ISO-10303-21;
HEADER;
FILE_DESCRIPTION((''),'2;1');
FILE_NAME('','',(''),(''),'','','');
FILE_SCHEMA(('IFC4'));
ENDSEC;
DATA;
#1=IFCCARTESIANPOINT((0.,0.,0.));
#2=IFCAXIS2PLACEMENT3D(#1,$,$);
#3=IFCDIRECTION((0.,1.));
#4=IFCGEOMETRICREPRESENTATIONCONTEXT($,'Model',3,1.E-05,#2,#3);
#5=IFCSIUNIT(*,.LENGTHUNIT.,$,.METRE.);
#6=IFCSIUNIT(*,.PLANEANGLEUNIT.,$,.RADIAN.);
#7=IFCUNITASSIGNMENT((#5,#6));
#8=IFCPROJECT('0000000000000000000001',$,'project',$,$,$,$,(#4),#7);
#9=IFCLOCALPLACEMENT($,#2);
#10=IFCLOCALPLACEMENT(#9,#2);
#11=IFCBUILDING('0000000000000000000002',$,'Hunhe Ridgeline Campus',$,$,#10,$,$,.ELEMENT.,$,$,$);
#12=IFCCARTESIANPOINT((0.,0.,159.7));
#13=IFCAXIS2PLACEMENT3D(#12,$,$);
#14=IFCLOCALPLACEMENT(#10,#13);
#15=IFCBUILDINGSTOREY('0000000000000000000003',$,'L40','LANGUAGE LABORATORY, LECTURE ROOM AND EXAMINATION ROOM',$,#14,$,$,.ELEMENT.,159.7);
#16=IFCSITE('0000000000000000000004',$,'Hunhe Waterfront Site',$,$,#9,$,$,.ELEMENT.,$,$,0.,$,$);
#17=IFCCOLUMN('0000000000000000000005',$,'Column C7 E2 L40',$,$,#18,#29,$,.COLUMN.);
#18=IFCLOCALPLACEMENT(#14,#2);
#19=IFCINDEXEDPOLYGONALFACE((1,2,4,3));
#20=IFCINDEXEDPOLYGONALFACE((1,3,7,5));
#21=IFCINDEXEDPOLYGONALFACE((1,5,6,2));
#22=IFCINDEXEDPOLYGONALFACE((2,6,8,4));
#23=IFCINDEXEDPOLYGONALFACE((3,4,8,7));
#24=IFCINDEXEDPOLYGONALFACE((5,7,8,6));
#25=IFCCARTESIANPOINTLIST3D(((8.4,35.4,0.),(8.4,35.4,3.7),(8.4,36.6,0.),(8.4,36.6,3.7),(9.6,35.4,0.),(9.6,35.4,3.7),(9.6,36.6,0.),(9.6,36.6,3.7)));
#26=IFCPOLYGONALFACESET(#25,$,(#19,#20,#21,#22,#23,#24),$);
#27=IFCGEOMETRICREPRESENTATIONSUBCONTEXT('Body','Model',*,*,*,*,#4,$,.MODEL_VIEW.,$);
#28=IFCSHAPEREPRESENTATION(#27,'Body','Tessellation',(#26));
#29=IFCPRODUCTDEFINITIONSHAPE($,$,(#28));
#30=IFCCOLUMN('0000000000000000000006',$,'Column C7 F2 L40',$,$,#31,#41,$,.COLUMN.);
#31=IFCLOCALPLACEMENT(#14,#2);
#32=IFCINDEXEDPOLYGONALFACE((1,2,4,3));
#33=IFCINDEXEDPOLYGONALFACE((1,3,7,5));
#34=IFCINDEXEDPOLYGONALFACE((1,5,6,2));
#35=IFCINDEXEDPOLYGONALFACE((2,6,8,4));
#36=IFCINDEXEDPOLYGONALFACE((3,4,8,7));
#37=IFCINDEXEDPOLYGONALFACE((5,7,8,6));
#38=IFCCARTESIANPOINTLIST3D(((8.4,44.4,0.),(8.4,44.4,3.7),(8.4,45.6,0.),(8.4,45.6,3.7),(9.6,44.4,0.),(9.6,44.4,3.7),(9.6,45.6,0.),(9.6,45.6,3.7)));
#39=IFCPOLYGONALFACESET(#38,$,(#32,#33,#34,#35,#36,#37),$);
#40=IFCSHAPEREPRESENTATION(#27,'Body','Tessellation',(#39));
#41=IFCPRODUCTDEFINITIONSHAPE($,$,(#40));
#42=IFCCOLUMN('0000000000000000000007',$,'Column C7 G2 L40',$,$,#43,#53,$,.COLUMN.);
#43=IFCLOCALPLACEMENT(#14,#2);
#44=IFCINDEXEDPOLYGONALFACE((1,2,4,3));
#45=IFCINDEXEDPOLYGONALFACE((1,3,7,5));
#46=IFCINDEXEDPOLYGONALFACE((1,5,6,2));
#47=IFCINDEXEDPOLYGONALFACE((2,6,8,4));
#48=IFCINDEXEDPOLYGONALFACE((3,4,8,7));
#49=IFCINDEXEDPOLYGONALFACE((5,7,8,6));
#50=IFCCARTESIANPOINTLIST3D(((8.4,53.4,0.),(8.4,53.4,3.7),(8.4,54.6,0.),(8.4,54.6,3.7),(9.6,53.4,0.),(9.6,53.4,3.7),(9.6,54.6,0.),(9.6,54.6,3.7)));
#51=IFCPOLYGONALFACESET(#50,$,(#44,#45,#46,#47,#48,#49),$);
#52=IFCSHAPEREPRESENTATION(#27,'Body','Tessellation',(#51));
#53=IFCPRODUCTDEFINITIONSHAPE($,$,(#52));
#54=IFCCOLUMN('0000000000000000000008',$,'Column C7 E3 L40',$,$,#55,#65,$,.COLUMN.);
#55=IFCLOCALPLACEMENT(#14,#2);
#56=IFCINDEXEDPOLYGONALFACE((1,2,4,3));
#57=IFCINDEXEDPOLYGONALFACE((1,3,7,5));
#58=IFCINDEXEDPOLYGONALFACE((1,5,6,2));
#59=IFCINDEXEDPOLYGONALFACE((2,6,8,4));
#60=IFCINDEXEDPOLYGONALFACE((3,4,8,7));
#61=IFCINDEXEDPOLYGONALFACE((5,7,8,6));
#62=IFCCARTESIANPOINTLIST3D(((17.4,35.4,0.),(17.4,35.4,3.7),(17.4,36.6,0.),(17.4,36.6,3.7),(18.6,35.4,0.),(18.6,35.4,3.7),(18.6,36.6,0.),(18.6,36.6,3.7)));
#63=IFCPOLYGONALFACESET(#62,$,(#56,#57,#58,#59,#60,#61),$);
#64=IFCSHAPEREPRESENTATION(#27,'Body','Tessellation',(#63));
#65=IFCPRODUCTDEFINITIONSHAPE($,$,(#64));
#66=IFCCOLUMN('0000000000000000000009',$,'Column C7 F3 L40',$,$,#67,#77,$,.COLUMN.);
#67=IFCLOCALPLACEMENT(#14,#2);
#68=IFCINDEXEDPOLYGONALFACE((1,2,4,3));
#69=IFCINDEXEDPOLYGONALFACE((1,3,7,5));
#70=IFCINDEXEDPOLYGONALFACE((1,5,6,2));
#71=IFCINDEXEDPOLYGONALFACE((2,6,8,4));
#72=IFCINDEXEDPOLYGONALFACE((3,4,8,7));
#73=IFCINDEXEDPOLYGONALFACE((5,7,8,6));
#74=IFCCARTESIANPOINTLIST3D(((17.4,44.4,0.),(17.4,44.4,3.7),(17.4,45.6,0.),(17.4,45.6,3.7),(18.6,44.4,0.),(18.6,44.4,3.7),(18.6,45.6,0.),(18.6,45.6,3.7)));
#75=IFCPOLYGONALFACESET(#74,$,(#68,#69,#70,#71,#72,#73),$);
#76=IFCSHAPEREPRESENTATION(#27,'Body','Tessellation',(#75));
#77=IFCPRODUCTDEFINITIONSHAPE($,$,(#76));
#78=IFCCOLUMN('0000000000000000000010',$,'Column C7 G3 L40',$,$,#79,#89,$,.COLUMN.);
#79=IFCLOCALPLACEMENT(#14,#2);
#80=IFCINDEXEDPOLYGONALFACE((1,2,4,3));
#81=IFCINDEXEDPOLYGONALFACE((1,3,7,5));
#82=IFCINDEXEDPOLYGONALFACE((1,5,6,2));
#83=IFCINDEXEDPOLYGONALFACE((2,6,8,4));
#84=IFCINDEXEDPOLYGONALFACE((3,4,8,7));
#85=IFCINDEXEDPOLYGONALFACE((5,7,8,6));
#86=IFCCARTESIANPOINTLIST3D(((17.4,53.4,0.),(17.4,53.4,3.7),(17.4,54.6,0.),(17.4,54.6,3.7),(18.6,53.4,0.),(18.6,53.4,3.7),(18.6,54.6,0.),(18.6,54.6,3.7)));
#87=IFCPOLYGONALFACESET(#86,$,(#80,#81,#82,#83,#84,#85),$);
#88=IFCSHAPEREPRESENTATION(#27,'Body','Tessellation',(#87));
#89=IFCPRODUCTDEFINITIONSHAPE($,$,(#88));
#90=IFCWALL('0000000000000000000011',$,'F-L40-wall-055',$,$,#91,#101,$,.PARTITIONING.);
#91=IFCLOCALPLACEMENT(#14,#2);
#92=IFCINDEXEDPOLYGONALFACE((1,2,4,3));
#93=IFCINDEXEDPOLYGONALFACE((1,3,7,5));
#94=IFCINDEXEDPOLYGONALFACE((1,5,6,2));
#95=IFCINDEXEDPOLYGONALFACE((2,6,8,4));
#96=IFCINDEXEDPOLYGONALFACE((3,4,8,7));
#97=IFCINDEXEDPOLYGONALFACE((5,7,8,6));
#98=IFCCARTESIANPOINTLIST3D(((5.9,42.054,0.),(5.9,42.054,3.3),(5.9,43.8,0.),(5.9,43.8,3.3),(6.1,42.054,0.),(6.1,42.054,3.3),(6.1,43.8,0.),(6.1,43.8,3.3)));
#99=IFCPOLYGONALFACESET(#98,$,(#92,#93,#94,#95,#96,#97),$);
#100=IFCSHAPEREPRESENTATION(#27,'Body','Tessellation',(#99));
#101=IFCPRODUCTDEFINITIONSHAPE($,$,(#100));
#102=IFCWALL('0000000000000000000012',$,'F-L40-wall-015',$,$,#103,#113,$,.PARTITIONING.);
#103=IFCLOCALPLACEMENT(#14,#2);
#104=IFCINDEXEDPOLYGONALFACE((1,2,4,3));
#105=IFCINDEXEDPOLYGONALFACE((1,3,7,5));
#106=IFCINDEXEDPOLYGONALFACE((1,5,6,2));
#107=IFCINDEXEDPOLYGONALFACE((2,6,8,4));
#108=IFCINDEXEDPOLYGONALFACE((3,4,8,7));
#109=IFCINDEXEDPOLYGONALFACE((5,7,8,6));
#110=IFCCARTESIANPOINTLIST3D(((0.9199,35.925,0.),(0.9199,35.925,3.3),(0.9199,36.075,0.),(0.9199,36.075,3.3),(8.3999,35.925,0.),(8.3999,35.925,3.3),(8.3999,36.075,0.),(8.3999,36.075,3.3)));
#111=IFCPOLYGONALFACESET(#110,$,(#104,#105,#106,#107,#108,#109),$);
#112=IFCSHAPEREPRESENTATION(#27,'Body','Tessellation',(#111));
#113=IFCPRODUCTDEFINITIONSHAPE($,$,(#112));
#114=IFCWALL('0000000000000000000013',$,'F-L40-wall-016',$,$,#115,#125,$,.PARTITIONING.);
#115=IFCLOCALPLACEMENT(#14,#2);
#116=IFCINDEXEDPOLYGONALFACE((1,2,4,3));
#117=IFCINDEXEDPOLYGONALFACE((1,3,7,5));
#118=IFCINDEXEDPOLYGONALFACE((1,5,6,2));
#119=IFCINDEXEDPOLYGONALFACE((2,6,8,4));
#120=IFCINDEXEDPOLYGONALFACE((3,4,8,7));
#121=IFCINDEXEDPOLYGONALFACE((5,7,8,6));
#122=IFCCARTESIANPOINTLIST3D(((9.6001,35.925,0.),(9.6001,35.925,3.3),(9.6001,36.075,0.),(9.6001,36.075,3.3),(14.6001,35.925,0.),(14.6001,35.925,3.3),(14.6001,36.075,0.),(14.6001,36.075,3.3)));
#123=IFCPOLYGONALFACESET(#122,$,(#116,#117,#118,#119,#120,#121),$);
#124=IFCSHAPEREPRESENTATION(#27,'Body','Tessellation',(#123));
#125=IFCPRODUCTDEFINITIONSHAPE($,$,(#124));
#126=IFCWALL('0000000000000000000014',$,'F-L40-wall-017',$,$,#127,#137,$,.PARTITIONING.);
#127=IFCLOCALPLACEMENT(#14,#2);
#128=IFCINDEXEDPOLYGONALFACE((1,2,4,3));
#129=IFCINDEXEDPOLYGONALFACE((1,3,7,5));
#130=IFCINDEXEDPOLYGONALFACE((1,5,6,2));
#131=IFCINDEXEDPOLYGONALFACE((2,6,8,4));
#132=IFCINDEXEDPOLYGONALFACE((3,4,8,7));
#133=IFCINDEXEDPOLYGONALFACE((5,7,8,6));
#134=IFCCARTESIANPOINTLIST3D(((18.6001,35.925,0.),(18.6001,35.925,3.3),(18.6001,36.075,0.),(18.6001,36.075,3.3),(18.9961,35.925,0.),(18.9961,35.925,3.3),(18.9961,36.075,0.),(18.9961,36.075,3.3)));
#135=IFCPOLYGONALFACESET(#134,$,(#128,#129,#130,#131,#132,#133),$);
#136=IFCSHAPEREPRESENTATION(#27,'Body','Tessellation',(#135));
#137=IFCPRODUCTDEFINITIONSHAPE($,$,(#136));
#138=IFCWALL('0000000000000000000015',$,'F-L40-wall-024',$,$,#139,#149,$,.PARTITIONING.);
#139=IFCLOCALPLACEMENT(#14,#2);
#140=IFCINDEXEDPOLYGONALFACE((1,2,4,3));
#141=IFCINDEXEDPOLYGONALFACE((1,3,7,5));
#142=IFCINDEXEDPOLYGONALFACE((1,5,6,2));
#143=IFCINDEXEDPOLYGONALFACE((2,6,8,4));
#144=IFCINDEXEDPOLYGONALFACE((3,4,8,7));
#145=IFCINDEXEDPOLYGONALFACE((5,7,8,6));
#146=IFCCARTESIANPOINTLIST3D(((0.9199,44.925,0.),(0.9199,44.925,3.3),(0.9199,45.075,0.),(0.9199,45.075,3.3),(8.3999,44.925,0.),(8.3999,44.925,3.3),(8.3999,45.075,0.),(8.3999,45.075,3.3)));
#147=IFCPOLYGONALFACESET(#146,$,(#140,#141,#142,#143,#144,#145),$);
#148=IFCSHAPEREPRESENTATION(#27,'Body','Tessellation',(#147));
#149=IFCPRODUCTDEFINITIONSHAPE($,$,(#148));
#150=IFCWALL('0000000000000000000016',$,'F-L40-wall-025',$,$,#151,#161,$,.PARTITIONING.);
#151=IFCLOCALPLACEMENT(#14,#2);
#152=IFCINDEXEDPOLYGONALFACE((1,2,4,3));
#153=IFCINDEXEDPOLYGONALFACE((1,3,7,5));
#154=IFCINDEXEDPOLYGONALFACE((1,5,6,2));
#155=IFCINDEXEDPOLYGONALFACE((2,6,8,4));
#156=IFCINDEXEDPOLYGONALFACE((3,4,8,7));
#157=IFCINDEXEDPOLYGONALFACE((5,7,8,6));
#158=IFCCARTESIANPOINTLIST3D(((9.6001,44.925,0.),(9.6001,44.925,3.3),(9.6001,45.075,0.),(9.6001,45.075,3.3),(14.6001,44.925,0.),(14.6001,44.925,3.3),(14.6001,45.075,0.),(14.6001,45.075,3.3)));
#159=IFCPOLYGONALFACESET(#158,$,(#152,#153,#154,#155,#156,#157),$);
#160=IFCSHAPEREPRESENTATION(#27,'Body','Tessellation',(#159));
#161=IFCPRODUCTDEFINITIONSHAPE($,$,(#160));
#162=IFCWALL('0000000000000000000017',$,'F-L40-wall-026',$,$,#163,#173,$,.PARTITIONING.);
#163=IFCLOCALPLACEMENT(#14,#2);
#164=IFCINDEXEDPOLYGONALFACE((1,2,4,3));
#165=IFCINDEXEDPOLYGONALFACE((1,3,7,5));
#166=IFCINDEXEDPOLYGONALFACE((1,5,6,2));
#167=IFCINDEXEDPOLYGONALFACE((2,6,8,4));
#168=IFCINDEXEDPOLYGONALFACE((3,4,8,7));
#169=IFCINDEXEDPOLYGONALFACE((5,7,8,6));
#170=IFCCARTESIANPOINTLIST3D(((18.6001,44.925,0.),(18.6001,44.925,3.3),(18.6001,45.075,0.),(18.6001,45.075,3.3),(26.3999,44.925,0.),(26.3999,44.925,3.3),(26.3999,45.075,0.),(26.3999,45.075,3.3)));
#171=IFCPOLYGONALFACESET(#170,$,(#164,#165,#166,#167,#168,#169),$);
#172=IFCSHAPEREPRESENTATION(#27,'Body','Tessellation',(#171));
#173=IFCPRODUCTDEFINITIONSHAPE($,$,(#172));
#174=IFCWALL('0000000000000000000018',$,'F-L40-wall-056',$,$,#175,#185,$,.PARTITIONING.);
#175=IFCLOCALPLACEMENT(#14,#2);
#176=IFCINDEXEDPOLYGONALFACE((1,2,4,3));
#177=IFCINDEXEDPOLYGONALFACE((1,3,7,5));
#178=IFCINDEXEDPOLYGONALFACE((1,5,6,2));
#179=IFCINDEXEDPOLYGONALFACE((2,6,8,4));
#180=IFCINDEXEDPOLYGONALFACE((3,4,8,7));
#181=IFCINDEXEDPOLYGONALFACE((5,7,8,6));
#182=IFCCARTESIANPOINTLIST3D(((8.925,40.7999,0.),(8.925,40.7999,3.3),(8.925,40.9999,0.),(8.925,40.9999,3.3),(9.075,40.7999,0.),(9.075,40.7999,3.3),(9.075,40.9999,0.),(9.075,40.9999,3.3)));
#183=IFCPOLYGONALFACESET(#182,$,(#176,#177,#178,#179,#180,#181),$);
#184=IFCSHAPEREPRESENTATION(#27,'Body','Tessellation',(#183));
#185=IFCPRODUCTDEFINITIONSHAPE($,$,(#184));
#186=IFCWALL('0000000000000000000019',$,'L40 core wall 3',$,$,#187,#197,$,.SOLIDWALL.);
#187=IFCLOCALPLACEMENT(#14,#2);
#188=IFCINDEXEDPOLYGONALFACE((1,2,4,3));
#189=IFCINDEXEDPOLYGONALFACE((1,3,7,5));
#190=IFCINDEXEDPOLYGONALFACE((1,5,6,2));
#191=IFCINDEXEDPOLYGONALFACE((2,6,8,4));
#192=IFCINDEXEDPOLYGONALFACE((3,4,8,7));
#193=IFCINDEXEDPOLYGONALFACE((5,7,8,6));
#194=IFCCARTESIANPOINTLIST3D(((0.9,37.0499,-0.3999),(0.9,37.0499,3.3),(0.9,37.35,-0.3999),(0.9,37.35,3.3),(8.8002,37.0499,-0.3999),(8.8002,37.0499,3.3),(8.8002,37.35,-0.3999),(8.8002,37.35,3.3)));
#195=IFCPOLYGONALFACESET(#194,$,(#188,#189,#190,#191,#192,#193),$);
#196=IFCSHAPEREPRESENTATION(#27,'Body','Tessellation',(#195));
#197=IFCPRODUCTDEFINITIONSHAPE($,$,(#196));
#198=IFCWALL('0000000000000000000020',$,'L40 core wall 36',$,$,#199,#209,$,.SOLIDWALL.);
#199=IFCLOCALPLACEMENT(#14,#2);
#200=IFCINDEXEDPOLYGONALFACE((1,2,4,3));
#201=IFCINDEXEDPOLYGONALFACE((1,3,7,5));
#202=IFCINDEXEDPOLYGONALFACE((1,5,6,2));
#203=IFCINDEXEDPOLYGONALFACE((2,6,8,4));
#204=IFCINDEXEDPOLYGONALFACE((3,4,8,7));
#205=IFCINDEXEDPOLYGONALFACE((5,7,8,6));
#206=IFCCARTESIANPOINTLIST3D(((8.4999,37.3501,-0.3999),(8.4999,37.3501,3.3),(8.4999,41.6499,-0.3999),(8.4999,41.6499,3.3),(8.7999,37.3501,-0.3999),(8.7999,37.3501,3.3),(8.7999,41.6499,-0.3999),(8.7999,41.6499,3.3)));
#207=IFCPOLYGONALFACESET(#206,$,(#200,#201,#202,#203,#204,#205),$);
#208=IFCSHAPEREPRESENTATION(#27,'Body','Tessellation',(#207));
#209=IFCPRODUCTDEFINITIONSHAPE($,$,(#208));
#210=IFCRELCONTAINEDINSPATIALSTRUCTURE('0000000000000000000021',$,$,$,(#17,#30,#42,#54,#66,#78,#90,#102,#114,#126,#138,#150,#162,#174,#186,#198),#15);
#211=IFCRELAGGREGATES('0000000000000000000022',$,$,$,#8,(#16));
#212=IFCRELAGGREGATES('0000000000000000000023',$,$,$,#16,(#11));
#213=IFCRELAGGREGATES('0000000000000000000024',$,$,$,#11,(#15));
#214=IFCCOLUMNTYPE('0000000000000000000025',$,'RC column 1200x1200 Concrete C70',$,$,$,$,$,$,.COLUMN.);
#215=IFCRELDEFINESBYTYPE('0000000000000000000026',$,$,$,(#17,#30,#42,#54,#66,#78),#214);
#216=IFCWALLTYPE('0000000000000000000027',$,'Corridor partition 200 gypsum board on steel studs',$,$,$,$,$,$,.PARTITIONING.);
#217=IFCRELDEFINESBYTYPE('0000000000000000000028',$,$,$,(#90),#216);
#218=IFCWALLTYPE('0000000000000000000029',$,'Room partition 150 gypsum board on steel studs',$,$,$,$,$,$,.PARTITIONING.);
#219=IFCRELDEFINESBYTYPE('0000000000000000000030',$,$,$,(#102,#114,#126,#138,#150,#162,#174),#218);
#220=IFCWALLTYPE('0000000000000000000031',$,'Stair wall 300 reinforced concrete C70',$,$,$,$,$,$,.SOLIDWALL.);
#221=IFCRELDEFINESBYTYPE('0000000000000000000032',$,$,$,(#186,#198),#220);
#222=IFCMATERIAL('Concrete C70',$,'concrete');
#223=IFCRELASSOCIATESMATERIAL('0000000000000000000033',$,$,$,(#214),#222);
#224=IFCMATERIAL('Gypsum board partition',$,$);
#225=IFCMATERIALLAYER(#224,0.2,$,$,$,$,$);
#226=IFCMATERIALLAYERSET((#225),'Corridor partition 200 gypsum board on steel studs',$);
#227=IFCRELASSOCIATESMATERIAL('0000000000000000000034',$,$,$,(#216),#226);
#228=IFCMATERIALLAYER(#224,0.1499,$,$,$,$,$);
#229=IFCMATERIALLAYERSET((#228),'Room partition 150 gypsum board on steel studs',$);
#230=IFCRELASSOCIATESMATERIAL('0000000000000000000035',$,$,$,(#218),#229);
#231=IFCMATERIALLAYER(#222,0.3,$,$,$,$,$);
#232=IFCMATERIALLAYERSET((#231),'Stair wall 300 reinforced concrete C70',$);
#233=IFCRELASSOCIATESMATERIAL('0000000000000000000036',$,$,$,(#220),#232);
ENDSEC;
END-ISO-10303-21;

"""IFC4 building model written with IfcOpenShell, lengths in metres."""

from ifc_helpers import new_model, si_unit, direction, frame, frame_2d, origin, origin_2d, place, context, subcontext, project, spatial, rectangle, extrude, material, layer, layer_set, material_profile, profile_set, type_object, element, save


model = new_model("IFC4")

# Units and contexts
model_context = context("Model", 3, precision=1e-05, world=origin(), true_north=direction((0.0, 1.0)))
body_context = subcontext(model_context, "Body", "Model", "MODEL_VIEW")
ifc_project = project(units=[si_unit("LENGTHUNIT", "METRE"), si_unit("PLANEANGLEUNIT", "RADIAN")], contexts=[model_context])

# Site, building, storey
site_placement = place(None, origin())
site = spatial("IfcSite", under=ifc_project, at=site_placement, Name="Hunhe Waterfront Site", CompositionType="ELEMENT", RefElevation=0.0)
building_placement = place(site_placement, origin())
building = spatial("IfcBuilding", under=site, at=building_placement, Name="Hunhe Ridgeline Campus", CompositionType="ELEMENT")
storey_placement = place(building_placement, frame((0.0, 0.0, 159.7)))
storey = spatial("IfcBuildingStorey", under=building, at=storey_placement, Name="L40", Description="LANGUAGE LABORATORY, LECTURE ROOM AND EXAMINATION ROOM", CompositionType="ELEMENT", Elevation=159.7)

# Columns
ifc_material_1 = material(Name="Concrete C70", Category="concrete")
ifc_material_profile = material_profile(ifc_material_1, rectangle(XDim=1.2, YDim=1.2, at=origin_2d()))
ifc_profile_set = profile_set([ifc_material_profile], Name="Concrete C70")
column_type = type_object("IfcColumnType", Name="RC column 1200x1200 Concrete C70", PredefinedType="COLUMN", material=ifc_profile_set)
for number, where, z_axis, x_axis, name in (
    (1, (9.0, 36.0, 0.0), (0.0, 0.0, 1.0), (1.0, 0.0, 0.0), "Column C7 E2 L40"),
    (2, (9.0, 45.0, 0.0), (0.0, 0.0, 1.0), (1.0, 0.0, 0.0), "Column C7 F2 L40"),
    (3, (9.0, 54.0, 0.0), (0.0, 0.0, 1.0), (1.0, 0.0, 0.0), "Column C7 G2 L40"),
    (4, (18.0, 36.0, 0.0), (0.0, 0.0, 1.0), (1.0, 0.0, 0.0), "Column C7 E3 L40"),
    (5, (18.0, 45.0, 0.0), (0.0, 0.0, 1.0), (1.0, 0.0, 0.0), "Column C7 F3 L40"),
    (6, (18.0, 54.0, 0.0), (0.0, 0.0, 1.0), (1.0, 0.0, 0.0), "Column C7 G3 L40"),
):
    element("IfcColumn", number, at=place(storey_placement, frame(where, z_axis=z_axis, x_axis=x_axis)), inside=storey, type_object=column_type, Name=name, PredefinedType="COLUMN", context=body_context, shape_type="SweptSolid", body=[
        extrude(rectangle(XDim=1.2, YDim=1.2, at=origin_2d()), origin(), (0.0, 0.0, 1.0), 3.7),
    ])

# Shared definitions
ifc_material_2 = material(Name="Gypsum board partition")
ifc_layer_1 = layer(ifc_material_2, 0.2)
ifc_layer_set_1 = layer_set([ifc_layer_1], Name="Corridor partition 200 gypsum board on steel studs")
wall_type_1 = type_object("IfcWallType", Name="Corridor partition 200 gypsum board on steel studs", PredefinedType="PARTITIONING", material=ifc_layer_set_1)

# Wall
wall_1_placement = place(storey_placement, frame((6.0, 42.054, 0.0), z_axis=(0.0, 0.0, 1.0), x_axis=(0.0, 1.0, 0.0)))
element("IfcWall", 7, at=wall_1_placement, inside=storey, type_object=wall_type_1, Name="F-L40-wall-055", PredefinedType="PARTITIONING", context=body_context, shape_type="SweptSolid", body=[
    extrude(rectangle(XDim=1.7461, YDim=0.2, at=frame_2d((0.873, 0.0))), origin(), (0.0, 0.0, 1.0), 3.3),
])

# Walls
ifc_layer_2 = layer(ifc_material_2, 0.1499)
ifc_layer_set_2 = layer_set([ifc_layer_2], Name="Room partition 150 gypsum board on steel studs")
wall_type_2 = type_object("IfcWallType", Name="Room partition 150 gypsum board on steel studs", PredefinedType="PARTITIONING", material=ifc_layer_set_2)
wall_2_placement = place(storey_placement, frame((0.9199, 36.0, 0.0), z_axis=(0.0, 0.0, 1.0), x_axis=(1.0, 0.0, 0.0)))
element("IfcWall", 8, at=wall_2_placement, inside=storey, type_object=wall_type_2, Name="F-L40-wall-015", PredefinedType="PARTITIONING", context=body_context, shape_type="SweptSolid", body=[
    extrude(rectangle(XDim=7.48, YDim=0.1499, at=frame_2d((3.74, 0.0))), origin(), (0.0, 0.0, 1.0), 3.3),
])
wall_3_placement = place(storey_placement, frame((9.6001, 36.0, 0.0), z_axis=(0.0, 0.0, 1.0), x_axis=(1.0, 0.0, 0.0)))
element("IfcWall", 9, at=wall_3_placement, inside=storey, type_object=wall_type_2, Name="F-L40-wall-016", PredefinedType="PARTITIONING", context=body_context, shape_type="SweptSolid", body=[
    extrude(rectangle(XDim=5.0, YDim=0.1499, at=frame_2d((2.5, 0.0))), origin(), (0.0, 0.0, 1.0), 3.3),
])
wall_4_placement = place(storey_placement, frame((18.6001, 36.0, 0.0), z_axis=(0.0, 0.0, 1.0), x_axis=(1.0, 0.0, 0.0)))
element("IfcWall", 10, at=wall_4_placement, inside=storey, type_object=wall_type_2, Name="F-L40-wall-017", PredefinedType="PARTITIONING", context=body_context, shape_type="SweptSolid", body=[
    extrude(rectangle(XDim=0.396, YDim=0.1499, at=frame_2d((0.198, 0.0))), origin(), (0.0, 0.0, 1.0), 3.3),
])
wall_5_placement = place(storey_placement, frame((0.9199, 45.0, 0.0), z_axis=(0.0, 0.0, 1.0), x_axis=(1.0, 0.0, 0.0)))
element("IfcWall", 11, at=wall_5_placement, inside=storey, type_object=wall_type_2, Name="F-L40-wall-024", PredefinedType="PARTITIONING", context=body_context, shape_type="SweptSolid", body=[
    extrude(rectangle(XDim=7.48, YDim=0.1499, at=frame_2d((3.74, 0.0))), origin(), (0.0, 0.0, 1.0), 3.3),
])
wall_6_placement = place(storey_placement, frame((9.6001, 45.0, 0.0), z_axis=(0.0, 0.0, 1.0), x_axis=(1.0, 0.0, 0.0)))
element("IfcWall", 12, at=wall_6_placement, inside=storey, type_object=wall_type_2, Name="F-L40-wall-025", PredefinedType="PARTITIONING", context=body_context, shape_type="SweptSolid", body=[
    extrude(rectangle(XDim=5.0, YDim=0.1499, at=frame_2d((2.5, 0.0))), origin(), (0.0, 0.0, 1.0), 3.3),
])
wall_7_placement = place(storey_placement, frame((18.6001, 45.0, 0.0), z_axis=(0.0, 0.0, 1.0), x_axis=(1.0, 0.0, 0.0)))
element("IfcWall", 13, at=wall_7_placement, inside=storey, type_object=wall_type_2, Name="F-L40-wall-026", PredefinedType="PARTITIONING", context=body_context, shape_type="SweptSolid", body=[
    extrude(rectangle(XDim=7.7998, YDim=0.1499, at=frame_2d((3.8999, 0.0))), origin(), (0.0, 0.0, 1.0), 3.3),
])
wall_8_placement = place(storey_placement, frame((9.0, 41.0, 0.0), z_axis=(0.0, 0.0, 1.0), x_axis=(0.0, -1.0, 0.0)))
element("IfcWall", 14, at=wall_8_placement, inside=storey, type_object=wall_type_2, Name="F-L40-wall-056", PredefinedType="PARTITIONING", context=body_context, shape_type="SweptSolid", body=[
    extrude(rectangle(XDim=0.2, YDim=0.1499, at=frame_2d((0.1001, 0.0))), origin(), (0.0, 0.0, 1.0), 3.3),
])
ifc_layer_3 = layer(ifc_material_1, 0.3)
ifc_layer_set_3 = layer_set([ifc_layer_3], Name="Stair wall 300 reinforced concrete C70")
wall_type_3 = type_object("IfcWallType", Name="Stair wall 300 reinforced concrete C70", PredefinedType="SOLIDWALL", material=ifc_layer_set_3)
wall_9_placement = place(storey_placement, frame((0.8999, 37.2, -0.3999), z_axis=(0.0, 0.0, 1.0), x_axis=(1.0, 0.0, 0.0)))
element("IfcWall", 15, at=wall_9_placement, inside=storey, type_object=wall_type_3, Name="L40 core wall 3", PredefinedType="SOLIDWALL", context=body_context, shape_type="SweptSolid", body=[
    extrude(rectangle(XDim=7.9001, YDim=0.3, at=frame_2d((3.9502, 0.0))), origin(), (0.0, 0.0, 1.0), 3.7),
])

# Wall
wall_10_placement = place(storey_placement, frame((8.6499, 37.3501, -0.3999), z_axis=(0.0, 0.0, 1.0), x_axis=(0.0, 1.0, 0.0)))
element("IfcWall", 16, at=wall_10_placement, inside=storey, type_object=wall_type_3, Name="L40 core wall 36", PredefinedType="SOLIDWALL", context=body_context, shape_type="SweptSolid", body=[
    extrude(rectangle(XDim=4.2998, YDim=0.3, at=frame_2d((2.1499, 0.0))), origin(), (0.0, 0.0, 1.0), 3.7),
])

save(model, "model.ifc")
